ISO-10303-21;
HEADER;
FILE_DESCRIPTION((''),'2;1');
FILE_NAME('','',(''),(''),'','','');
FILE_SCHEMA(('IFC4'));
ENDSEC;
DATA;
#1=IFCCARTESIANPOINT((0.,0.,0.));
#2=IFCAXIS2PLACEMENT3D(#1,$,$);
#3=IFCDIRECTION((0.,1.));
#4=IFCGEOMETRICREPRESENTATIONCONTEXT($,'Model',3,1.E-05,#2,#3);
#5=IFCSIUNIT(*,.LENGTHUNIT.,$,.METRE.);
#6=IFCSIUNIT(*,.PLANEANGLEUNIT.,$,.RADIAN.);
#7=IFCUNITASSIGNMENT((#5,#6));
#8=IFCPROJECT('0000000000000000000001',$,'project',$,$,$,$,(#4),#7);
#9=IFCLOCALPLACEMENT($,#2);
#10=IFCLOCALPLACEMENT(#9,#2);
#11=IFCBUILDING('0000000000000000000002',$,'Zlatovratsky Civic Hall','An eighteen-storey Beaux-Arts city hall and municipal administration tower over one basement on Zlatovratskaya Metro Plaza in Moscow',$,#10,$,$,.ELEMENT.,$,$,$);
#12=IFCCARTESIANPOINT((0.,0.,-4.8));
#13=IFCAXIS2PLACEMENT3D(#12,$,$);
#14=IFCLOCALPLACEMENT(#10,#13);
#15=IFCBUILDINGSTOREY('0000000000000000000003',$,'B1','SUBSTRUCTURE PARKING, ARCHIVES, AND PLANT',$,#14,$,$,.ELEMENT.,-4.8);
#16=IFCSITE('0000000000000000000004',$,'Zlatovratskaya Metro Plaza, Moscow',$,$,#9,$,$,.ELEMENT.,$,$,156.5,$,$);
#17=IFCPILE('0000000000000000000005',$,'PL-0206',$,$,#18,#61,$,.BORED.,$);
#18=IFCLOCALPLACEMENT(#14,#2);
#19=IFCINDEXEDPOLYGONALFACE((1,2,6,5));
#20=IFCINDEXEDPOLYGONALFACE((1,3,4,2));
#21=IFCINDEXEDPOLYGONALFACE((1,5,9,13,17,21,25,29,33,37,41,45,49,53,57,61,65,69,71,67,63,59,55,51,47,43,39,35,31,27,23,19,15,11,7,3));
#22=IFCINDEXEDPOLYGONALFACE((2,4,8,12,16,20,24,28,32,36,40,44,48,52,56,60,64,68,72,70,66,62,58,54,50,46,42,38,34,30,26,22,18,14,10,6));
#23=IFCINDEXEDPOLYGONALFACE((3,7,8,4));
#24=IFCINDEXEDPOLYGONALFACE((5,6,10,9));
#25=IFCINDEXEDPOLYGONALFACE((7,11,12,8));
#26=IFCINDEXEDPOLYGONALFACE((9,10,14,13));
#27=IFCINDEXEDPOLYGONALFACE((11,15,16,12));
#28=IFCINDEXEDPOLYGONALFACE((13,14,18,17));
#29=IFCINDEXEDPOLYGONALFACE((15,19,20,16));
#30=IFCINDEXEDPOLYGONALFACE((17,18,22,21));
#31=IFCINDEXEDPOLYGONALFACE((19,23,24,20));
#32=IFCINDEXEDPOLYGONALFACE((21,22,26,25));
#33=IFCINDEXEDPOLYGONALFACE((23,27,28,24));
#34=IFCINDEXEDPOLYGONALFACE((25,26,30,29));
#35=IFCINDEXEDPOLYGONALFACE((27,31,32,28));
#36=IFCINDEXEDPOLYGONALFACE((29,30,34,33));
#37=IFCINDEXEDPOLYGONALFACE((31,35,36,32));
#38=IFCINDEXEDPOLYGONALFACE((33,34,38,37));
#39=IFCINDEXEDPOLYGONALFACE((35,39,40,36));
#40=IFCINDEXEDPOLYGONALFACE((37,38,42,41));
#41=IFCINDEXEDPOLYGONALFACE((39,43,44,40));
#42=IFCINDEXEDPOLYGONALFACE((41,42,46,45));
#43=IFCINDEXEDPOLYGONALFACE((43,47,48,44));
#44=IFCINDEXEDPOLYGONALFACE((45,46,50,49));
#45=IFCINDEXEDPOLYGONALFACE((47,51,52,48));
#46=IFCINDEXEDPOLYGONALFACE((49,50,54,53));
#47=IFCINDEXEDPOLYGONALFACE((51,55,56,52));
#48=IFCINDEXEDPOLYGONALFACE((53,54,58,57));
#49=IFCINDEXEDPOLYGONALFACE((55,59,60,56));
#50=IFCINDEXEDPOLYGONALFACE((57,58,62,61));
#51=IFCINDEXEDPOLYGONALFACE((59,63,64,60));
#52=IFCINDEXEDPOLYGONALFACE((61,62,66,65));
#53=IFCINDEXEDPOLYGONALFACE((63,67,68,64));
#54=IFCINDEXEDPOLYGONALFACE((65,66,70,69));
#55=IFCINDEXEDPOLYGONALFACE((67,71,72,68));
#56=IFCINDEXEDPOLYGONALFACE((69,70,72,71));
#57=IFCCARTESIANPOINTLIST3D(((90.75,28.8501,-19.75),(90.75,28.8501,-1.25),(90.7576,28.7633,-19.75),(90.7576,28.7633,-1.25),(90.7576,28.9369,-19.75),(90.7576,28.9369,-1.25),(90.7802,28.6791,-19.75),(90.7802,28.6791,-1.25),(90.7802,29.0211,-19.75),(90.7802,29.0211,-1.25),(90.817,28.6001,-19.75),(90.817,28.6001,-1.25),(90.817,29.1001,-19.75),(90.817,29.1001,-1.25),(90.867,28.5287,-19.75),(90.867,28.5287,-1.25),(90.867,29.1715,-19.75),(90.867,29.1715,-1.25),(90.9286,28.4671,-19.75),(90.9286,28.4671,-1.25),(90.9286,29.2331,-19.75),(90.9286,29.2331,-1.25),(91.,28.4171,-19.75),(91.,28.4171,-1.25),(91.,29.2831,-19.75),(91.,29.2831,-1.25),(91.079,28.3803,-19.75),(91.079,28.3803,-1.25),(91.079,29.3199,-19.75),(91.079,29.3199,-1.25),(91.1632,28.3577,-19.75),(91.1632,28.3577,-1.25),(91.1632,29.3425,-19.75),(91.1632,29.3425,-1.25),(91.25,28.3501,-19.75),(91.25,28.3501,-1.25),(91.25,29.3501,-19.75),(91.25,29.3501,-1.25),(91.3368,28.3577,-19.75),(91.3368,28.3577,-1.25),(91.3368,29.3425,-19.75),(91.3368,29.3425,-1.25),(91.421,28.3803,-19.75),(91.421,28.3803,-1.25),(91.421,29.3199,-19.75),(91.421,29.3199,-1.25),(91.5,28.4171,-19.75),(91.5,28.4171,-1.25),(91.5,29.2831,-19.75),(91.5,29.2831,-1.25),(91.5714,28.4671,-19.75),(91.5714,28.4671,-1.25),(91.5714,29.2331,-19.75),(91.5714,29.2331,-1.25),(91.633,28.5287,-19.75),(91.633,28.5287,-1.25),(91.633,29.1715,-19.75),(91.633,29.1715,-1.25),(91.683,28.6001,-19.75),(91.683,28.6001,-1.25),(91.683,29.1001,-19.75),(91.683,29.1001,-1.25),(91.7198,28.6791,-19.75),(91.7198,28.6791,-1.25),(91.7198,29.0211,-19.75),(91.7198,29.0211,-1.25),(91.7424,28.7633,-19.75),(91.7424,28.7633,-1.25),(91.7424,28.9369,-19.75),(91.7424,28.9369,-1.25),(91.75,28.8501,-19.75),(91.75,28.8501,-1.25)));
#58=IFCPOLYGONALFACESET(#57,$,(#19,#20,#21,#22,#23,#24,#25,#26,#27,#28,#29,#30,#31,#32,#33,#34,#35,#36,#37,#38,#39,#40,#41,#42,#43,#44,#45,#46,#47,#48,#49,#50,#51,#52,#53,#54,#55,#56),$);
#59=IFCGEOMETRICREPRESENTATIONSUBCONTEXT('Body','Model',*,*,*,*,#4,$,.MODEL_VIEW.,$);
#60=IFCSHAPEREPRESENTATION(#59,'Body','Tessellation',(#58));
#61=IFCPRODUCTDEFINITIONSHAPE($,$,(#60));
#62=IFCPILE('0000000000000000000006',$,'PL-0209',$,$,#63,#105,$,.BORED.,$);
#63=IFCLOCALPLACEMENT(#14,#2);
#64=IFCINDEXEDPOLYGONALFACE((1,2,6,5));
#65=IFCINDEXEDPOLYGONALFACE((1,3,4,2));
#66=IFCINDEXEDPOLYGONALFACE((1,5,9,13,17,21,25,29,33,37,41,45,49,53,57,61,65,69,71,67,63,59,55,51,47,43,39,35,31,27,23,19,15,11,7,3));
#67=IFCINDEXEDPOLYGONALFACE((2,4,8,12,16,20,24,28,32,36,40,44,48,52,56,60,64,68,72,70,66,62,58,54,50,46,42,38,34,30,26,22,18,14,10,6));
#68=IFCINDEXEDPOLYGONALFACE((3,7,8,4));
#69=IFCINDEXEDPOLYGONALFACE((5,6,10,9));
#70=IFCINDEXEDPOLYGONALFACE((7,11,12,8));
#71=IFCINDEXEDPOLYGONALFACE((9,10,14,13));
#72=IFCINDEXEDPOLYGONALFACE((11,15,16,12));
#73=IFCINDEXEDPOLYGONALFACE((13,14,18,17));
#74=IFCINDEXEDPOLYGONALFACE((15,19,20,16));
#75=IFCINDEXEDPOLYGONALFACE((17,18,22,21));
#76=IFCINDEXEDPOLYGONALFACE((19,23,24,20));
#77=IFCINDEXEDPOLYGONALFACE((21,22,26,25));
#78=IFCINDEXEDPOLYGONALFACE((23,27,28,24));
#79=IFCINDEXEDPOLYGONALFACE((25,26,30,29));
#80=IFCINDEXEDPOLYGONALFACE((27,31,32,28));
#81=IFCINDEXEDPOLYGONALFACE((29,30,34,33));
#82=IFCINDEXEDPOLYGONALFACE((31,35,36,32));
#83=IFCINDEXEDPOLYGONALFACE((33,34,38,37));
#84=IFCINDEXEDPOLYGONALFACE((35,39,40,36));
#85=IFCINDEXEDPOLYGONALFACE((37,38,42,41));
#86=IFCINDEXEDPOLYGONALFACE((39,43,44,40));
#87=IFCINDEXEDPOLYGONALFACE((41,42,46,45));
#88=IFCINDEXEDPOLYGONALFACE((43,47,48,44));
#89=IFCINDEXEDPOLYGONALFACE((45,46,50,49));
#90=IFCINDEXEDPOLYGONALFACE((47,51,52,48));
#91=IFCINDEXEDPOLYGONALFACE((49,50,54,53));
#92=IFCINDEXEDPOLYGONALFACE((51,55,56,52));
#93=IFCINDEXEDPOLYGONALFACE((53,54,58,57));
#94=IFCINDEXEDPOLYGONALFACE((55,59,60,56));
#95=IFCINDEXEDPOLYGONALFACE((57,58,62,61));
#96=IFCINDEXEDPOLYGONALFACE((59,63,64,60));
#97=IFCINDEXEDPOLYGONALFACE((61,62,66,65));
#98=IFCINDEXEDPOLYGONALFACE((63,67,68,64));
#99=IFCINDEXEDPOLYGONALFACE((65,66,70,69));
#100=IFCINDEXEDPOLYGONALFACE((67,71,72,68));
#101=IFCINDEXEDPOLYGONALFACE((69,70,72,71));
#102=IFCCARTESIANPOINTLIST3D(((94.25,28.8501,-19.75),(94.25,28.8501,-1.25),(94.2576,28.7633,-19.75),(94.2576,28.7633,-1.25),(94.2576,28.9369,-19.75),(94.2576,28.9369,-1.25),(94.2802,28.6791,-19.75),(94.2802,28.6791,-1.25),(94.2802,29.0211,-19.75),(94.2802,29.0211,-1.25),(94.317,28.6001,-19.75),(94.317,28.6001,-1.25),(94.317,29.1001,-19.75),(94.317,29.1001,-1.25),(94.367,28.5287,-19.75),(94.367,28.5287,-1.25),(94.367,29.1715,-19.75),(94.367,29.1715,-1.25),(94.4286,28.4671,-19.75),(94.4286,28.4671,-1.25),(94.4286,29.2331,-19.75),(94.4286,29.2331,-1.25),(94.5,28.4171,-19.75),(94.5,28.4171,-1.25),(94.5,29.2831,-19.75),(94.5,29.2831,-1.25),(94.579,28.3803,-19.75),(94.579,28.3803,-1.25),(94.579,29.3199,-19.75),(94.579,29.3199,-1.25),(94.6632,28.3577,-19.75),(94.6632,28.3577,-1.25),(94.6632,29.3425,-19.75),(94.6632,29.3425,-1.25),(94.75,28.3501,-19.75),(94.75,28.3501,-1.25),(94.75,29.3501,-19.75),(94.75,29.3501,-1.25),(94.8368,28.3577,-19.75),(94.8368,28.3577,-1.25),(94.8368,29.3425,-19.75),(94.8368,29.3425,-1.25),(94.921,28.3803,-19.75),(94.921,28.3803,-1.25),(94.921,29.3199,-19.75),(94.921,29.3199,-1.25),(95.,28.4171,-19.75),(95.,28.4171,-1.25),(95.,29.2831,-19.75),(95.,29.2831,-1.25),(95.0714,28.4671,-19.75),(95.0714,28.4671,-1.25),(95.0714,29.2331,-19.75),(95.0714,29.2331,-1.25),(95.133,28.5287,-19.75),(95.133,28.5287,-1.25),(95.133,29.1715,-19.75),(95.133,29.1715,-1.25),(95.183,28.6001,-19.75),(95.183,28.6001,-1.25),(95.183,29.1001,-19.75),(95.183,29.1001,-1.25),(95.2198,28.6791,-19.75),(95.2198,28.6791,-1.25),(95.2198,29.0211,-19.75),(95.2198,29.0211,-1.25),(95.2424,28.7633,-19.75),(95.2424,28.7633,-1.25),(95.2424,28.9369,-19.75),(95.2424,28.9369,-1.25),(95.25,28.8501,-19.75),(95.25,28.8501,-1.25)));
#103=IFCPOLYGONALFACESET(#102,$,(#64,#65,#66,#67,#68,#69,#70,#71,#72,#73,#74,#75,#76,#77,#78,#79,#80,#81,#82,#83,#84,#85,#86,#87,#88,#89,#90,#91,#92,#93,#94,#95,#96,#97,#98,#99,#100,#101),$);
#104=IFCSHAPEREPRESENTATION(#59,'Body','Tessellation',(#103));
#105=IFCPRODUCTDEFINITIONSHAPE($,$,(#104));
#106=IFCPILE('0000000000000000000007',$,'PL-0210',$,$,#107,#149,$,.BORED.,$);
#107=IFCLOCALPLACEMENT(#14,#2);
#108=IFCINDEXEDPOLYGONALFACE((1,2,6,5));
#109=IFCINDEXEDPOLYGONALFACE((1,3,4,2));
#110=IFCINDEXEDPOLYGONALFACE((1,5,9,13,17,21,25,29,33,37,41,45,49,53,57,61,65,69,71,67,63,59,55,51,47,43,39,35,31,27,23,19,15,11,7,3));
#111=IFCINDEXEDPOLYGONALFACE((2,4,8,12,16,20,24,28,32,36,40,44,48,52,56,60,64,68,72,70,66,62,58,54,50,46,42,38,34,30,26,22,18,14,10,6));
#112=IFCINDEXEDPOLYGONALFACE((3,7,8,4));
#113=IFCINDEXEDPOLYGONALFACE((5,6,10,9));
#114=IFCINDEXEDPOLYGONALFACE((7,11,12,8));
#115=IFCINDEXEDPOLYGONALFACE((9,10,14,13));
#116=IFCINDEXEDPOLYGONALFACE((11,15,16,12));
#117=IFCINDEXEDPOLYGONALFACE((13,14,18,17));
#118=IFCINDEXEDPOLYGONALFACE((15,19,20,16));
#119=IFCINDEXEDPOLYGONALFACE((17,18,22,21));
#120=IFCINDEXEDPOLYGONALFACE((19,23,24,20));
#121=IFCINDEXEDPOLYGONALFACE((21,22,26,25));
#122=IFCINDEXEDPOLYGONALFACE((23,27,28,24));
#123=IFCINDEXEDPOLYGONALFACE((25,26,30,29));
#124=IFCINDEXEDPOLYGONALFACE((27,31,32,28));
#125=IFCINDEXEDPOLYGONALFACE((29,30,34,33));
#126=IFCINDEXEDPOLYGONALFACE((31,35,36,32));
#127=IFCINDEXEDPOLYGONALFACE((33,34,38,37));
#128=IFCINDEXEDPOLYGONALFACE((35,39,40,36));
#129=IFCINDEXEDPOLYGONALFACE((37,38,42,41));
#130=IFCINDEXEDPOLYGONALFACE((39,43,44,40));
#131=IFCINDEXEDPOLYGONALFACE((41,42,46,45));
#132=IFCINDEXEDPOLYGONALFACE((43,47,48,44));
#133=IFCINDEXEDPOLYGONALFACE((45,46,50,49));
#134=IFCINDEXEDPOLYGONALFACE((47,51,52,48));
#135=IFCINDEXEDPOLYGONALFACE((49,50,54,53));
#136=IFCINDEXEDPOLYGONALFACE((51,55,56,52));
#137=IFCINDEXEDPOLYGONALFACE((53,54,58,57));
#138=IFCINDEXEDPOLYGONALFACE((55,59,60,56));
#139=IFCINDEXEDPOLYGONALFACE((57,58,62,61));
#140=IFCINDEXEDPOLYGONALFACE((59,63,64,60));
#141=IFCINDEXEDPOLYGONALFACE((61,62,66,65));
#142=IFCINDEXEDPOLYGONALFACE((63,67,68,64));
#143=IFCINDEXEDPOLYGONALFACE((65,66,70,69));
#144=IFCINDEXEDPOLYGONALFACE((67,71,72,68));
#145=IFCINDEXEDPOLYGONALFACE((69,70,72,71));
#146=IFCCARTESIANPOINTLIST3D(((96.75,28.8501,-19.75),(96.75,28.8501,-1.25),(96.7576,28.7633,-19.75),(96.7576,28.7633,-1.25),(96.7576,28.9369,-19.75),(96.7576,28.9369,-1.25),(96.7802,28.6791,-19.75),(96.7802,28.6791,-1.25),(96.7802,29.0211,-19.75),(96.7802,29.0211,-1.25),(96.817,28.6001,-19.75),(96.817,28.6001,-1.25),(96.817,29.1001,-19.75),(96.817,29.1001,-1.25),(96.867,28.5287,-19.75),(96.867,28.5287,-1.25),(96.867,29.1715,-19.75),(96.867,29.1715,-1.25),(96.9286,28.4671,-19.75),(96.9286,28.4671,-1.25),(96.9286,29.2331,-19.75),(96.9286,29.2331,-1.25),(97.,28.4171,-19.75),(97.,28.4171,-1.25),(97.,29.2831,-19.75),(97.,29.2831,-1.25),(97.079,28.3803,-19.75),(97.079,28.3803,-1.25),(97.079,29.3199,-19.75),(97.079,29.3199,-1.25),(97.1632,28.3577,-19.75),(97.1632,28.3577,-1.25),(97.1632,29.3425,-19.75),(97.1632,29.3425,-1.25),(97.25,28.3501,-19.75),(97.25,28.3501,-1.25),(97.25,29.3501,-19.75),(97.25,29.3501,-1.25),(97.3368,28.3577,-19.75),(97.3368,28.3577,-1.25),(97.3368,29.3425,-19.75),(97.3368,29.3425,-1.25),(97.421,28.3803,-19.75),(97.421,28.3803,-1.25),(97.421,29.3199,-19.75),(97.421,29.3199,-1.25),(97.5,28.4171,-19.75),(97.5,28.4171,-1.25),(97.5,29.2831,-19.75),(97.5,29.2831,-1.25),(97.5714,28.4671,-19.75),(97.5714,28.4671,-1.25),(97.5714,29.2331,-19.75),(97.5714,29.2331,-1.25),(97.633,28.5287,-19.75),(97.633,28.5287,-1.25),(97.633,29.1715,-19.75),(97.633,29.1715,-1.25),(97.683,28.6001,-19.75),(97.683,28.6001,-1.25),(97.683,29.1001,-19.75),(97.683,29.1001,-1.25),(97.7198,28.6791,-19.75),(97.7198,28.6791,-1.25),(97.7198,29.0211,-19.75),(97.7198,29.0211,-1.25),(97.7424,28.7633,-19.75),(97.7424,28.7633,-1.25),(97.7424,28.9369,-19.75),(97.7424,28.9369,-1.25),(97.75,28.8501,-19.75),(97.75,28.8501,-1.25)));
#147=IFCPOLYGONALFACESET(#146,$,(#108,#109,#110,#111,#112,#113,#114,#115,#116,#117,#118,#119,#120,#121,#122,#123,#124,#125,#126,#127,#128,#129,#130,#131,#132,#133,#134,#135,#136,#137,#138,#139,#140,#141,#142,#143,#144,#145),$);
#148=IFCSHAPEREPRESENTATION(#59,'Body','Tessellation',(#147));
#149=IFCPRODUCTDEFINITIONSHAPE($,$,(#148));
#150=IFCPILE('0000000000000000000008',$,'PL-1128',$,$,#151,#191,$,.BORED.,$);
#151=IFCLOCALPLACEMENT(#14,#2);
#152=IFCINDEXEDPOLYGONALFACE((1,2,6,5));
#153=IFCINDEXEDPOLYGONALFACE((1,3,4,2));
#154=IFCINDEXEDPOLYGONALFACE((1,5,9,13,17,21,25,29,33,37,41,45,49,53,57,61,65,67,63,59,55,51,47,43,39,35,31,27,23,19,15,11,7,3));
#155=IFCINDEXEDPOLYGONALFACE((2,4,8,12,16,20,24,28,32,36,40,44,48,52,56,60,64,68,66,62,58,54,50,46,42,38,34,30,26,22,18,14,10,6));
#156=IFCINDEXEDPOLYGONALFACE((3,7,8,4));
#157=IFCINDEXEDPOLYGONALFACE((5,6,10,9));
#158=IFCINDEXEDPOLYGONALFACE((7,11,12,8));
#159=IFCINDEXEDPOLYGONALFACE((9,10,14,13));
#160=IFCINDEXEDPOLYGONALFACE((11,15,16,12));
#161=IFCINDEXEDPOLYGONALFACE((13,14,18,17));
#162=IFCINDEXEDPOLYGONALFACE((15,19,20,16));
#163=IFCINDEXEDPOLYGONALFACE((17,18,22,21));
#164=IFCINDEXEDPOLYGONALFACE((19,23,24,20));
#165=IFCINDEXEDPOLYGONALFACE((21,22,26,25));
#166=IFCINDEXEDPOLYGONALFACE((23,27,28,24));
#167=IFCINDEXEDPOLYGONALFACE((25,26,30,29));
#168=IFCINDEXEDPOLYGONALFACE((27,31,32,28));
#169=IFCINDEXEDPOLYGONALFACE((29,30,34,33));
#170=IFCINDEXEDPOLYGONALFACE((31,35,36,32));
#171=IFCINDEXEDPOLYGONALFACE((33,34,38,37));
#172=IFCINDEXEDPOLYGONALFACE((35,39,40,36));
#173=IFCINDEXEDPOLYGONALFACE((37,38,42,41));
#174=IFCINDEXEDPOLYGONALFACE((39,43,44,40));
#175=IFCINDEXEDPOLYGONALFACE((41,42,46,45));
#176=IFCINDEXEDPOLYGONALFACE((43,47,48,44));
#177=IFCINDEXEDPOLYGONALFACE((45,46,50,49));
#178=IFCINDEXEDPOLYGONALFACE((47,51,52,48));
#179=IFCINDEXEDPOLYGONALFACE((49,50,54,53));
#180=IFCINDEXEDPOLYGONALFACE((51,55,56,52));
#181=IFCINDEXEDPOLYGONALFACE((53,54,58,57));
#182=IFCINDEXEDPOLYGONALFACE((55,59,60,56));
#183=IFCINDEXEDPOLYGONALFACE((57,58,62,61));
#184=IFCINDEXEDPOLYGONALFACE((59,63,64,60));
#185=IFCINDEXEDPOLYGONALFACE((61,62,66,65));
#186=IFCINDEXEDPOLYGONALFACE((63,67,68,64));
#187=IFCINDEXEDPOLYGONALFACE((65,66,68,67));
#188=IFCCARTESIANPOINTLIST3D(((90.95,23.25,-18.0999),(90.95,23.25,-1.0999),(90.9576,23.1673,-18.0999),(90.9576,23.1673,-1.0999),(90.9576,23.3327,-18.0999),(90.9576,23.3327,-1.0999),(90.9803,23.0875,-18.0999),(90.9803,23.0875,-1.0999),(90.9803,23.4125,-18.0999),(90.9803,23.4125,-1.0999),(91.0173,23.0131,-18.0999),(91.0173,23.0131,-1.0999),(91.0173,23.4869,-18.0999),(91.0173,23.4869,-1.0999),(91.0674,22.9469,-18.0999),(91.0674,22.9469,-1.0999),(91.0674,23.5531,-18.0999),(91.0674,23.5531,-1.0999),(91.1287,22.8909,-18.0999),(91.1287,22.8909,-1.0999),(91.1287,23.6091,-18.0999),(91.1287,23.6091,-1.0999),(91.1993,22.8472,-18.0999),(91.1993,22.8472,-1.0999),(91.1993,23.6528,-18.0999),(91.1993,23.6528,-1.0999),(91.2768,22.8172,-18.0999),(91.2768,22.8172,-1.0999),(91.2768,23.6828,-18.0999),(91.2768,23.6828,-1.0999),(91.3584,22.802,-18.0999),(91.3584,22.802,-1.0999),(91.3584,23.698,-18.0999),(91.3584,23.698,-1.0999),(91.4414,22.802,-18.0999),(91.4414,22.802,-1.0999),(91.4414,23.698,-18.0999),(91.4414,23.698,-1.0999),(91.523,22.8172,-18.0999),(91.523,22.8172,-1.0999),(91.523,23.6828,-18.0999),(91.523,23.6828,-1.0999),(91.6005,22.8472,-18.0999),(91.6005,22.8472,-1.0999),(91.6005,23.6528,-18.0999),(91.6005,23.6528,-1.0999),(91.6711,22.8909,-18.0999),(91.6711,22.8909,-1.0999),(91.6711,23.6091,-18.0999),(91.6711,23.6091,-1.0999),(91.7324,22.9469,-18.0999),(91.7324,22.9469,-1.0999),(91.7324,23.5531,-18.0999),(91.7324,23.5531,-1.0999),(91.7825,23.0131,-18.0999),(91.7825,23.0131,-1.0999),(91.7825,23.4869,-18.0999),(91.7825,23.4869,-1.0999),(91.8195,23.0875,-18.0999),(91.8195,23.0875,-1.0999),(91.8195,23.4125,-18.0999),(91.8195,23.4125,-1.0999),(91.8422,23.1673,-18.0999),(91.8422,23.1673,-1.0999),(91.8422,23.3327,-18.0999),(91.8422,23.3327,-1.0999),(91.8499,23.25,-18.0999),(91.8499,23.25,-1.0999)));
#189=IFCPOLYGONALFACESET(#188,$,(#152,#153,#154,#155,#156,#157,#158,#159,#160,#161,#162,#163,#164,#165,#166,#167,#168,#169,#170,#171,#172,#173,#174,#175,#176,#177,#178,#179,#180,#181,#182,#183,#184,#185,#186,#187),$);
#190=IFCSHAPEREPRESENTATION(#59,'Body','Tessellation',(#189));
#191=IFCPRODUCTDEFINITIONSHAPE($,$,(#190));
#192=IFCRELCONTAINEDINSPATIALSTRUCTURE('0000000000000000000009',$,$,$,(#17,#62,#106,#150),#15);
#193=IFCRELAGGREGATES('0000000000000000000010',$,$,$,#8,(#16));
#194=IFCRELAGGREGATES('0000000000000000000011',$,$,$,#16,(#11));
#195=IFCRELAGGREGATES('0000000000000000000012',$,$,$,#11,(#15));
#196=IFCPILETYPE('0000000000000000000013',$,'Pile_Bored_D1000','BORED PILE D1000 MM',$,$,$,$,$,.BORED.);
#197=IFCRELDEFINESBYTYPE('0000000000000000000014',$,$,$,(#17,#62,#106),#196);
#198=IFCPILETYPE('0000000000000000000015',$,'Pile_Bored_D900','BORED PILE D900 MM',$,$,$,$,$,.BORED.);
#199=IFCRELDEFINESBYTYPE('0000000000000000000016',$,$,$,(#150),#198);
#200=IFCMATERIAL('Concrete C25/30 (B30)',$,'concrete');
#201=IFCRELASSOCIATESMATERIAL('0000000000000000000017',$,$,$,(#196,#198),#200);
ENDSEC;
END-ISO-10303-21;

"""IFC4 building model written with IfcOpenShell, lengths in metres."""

from ifc_helpers import new_model, si_unit, direction, frame, origin, origin_2d, place, context, subcontext, project, spatial, circle, extrude, material, material_profile, profile_set, type_object, element, save


model = new_model("IFC4")

# Units and contexts
model_context = context("Model", 3, precision=1e-05, world=origin(), true_north=direction((0.0, 1.0)))
body_context = subcontext(model_context, "Body", "Model", "MODEL_VIEW")
ifc_project = project(units=[si_unit("LENGTHUNIT", "METRE"), si_unit("PLANEANGLEUNIT", "RADIAN")], contexts=[model_context])

# Site, building, storey
site_placement = place(None, origin())
site = spatial("IfcSite", under=ifc_project, at=site_placement, Name="Zlatovratskaya Metro Plaza, Moscow", CompositionType="ELEMENT", RefElevation=156.5)
building_placement = place(site_placement, origin())
building = spatial("IfcBuilding", under=site, at=building_placement, Name="Zlatovratsky Civic Hall", Description="An eighteen-storey Beaux-Arts city hall and municipal administration tower over one basement on Zlatovratskaya Metro Plaza in Moscow", CompositionType="ELEMENT")
storey_placement = place(building_placement, frame((0.0, 0.0, -4.8)))
storey = spatial("IfcBuildingStorey", under=building, at=storey_placement, Name="B1", Description="SUBSTRUCTURE PARKING, ARCHIVES, AND PLANT", CompositionType="ELEMENT", Elevation=-4.8)

# Shared definitions
ifc_material_1 = material(Name="Concrete C25/30 (B30)", Category="concrete")

# Piles
ifc_material_profile_1 = material_profile(ifc_material_1, circle(Radius=0.5, at=origin_2d()), Name="PILE D1000")
ifc_profile_set_1 = profile_set([ifc_material_profile_1], Name="Concrete C25/30 (B30)")
pile_type_1 = type_object("IfcPileType", Name="Pile_Bored_D1000", Description="BORED PILE D1000 MM", PredefinedType="BORED", material=ifc_profile_set_1)
for number, where, z_axis, x_axis, name in (
    (1, (91.25, 28.8501, -1.25), (0.0, 0.0, -1.0), (1.0, 0.0, 0.0), "PL-0206"),
    (2, (94.75, 28.8501, -1.25), (0.0, 0.0, -1.0), (1.0, 0.0, 0.0), "PL-0209"),
    (3, (97.25, 28.8501, -1.25), (0.0, 0.0, -1.0), (1.0, 0.0, 0.0), "PL-0210"),
):
    element("IfcPile", number, at=place(storey_placement, frame(where, z_axis=z_axis, x_axis=x_axis)), inside=storey, type_object=pile_type_1, Name=name, PredefinedType="BORED", context=body_context, shape_type="SweptSolid", body=[
        extrude(circle(Radius=0.5, at=origin_2d()), origin(), (0.0, 0.0, 1.0), 18.5),
    ])
ifc_material_profile_2 = material_profile(ifc_material_1, circle(Radius=0.45, at=origin_2d()), Name="PILE D900")
ifc_profile_set_2 = profile_set([ifc_material_profile_2], Name="Concrete C25/30 (B30)")
pile_type_2 = type_object("IfcPileType", Name="Pile_Bored_D900", Description="BORED PILE D900 MM", PredefinedType="BORED", material=ifc_profile_set_2)
for number, where, z_axis, x_axis, name in (
    (4, (91.3999, 23.25, -1.0999), (0.0, 0.0, -1.0), (1.0, 0.0, 0.0), "PL-1128"),
):
    element("IfcPile", number, at=place(storey_placement, frame(where, z_axis=z_axis, x_axis=x_axis)), inside=storey, type_object=pile_type_2, Name=name, PredefinedType="BORED", context=body_context, shape_type="SweptSolid", body=[
        extrude(circle(Radius=0.45, at=origin_2d()), origin(), (0.0, 0.0, 1.0), 17.0),
    ])

save(model, "model.ifc")
